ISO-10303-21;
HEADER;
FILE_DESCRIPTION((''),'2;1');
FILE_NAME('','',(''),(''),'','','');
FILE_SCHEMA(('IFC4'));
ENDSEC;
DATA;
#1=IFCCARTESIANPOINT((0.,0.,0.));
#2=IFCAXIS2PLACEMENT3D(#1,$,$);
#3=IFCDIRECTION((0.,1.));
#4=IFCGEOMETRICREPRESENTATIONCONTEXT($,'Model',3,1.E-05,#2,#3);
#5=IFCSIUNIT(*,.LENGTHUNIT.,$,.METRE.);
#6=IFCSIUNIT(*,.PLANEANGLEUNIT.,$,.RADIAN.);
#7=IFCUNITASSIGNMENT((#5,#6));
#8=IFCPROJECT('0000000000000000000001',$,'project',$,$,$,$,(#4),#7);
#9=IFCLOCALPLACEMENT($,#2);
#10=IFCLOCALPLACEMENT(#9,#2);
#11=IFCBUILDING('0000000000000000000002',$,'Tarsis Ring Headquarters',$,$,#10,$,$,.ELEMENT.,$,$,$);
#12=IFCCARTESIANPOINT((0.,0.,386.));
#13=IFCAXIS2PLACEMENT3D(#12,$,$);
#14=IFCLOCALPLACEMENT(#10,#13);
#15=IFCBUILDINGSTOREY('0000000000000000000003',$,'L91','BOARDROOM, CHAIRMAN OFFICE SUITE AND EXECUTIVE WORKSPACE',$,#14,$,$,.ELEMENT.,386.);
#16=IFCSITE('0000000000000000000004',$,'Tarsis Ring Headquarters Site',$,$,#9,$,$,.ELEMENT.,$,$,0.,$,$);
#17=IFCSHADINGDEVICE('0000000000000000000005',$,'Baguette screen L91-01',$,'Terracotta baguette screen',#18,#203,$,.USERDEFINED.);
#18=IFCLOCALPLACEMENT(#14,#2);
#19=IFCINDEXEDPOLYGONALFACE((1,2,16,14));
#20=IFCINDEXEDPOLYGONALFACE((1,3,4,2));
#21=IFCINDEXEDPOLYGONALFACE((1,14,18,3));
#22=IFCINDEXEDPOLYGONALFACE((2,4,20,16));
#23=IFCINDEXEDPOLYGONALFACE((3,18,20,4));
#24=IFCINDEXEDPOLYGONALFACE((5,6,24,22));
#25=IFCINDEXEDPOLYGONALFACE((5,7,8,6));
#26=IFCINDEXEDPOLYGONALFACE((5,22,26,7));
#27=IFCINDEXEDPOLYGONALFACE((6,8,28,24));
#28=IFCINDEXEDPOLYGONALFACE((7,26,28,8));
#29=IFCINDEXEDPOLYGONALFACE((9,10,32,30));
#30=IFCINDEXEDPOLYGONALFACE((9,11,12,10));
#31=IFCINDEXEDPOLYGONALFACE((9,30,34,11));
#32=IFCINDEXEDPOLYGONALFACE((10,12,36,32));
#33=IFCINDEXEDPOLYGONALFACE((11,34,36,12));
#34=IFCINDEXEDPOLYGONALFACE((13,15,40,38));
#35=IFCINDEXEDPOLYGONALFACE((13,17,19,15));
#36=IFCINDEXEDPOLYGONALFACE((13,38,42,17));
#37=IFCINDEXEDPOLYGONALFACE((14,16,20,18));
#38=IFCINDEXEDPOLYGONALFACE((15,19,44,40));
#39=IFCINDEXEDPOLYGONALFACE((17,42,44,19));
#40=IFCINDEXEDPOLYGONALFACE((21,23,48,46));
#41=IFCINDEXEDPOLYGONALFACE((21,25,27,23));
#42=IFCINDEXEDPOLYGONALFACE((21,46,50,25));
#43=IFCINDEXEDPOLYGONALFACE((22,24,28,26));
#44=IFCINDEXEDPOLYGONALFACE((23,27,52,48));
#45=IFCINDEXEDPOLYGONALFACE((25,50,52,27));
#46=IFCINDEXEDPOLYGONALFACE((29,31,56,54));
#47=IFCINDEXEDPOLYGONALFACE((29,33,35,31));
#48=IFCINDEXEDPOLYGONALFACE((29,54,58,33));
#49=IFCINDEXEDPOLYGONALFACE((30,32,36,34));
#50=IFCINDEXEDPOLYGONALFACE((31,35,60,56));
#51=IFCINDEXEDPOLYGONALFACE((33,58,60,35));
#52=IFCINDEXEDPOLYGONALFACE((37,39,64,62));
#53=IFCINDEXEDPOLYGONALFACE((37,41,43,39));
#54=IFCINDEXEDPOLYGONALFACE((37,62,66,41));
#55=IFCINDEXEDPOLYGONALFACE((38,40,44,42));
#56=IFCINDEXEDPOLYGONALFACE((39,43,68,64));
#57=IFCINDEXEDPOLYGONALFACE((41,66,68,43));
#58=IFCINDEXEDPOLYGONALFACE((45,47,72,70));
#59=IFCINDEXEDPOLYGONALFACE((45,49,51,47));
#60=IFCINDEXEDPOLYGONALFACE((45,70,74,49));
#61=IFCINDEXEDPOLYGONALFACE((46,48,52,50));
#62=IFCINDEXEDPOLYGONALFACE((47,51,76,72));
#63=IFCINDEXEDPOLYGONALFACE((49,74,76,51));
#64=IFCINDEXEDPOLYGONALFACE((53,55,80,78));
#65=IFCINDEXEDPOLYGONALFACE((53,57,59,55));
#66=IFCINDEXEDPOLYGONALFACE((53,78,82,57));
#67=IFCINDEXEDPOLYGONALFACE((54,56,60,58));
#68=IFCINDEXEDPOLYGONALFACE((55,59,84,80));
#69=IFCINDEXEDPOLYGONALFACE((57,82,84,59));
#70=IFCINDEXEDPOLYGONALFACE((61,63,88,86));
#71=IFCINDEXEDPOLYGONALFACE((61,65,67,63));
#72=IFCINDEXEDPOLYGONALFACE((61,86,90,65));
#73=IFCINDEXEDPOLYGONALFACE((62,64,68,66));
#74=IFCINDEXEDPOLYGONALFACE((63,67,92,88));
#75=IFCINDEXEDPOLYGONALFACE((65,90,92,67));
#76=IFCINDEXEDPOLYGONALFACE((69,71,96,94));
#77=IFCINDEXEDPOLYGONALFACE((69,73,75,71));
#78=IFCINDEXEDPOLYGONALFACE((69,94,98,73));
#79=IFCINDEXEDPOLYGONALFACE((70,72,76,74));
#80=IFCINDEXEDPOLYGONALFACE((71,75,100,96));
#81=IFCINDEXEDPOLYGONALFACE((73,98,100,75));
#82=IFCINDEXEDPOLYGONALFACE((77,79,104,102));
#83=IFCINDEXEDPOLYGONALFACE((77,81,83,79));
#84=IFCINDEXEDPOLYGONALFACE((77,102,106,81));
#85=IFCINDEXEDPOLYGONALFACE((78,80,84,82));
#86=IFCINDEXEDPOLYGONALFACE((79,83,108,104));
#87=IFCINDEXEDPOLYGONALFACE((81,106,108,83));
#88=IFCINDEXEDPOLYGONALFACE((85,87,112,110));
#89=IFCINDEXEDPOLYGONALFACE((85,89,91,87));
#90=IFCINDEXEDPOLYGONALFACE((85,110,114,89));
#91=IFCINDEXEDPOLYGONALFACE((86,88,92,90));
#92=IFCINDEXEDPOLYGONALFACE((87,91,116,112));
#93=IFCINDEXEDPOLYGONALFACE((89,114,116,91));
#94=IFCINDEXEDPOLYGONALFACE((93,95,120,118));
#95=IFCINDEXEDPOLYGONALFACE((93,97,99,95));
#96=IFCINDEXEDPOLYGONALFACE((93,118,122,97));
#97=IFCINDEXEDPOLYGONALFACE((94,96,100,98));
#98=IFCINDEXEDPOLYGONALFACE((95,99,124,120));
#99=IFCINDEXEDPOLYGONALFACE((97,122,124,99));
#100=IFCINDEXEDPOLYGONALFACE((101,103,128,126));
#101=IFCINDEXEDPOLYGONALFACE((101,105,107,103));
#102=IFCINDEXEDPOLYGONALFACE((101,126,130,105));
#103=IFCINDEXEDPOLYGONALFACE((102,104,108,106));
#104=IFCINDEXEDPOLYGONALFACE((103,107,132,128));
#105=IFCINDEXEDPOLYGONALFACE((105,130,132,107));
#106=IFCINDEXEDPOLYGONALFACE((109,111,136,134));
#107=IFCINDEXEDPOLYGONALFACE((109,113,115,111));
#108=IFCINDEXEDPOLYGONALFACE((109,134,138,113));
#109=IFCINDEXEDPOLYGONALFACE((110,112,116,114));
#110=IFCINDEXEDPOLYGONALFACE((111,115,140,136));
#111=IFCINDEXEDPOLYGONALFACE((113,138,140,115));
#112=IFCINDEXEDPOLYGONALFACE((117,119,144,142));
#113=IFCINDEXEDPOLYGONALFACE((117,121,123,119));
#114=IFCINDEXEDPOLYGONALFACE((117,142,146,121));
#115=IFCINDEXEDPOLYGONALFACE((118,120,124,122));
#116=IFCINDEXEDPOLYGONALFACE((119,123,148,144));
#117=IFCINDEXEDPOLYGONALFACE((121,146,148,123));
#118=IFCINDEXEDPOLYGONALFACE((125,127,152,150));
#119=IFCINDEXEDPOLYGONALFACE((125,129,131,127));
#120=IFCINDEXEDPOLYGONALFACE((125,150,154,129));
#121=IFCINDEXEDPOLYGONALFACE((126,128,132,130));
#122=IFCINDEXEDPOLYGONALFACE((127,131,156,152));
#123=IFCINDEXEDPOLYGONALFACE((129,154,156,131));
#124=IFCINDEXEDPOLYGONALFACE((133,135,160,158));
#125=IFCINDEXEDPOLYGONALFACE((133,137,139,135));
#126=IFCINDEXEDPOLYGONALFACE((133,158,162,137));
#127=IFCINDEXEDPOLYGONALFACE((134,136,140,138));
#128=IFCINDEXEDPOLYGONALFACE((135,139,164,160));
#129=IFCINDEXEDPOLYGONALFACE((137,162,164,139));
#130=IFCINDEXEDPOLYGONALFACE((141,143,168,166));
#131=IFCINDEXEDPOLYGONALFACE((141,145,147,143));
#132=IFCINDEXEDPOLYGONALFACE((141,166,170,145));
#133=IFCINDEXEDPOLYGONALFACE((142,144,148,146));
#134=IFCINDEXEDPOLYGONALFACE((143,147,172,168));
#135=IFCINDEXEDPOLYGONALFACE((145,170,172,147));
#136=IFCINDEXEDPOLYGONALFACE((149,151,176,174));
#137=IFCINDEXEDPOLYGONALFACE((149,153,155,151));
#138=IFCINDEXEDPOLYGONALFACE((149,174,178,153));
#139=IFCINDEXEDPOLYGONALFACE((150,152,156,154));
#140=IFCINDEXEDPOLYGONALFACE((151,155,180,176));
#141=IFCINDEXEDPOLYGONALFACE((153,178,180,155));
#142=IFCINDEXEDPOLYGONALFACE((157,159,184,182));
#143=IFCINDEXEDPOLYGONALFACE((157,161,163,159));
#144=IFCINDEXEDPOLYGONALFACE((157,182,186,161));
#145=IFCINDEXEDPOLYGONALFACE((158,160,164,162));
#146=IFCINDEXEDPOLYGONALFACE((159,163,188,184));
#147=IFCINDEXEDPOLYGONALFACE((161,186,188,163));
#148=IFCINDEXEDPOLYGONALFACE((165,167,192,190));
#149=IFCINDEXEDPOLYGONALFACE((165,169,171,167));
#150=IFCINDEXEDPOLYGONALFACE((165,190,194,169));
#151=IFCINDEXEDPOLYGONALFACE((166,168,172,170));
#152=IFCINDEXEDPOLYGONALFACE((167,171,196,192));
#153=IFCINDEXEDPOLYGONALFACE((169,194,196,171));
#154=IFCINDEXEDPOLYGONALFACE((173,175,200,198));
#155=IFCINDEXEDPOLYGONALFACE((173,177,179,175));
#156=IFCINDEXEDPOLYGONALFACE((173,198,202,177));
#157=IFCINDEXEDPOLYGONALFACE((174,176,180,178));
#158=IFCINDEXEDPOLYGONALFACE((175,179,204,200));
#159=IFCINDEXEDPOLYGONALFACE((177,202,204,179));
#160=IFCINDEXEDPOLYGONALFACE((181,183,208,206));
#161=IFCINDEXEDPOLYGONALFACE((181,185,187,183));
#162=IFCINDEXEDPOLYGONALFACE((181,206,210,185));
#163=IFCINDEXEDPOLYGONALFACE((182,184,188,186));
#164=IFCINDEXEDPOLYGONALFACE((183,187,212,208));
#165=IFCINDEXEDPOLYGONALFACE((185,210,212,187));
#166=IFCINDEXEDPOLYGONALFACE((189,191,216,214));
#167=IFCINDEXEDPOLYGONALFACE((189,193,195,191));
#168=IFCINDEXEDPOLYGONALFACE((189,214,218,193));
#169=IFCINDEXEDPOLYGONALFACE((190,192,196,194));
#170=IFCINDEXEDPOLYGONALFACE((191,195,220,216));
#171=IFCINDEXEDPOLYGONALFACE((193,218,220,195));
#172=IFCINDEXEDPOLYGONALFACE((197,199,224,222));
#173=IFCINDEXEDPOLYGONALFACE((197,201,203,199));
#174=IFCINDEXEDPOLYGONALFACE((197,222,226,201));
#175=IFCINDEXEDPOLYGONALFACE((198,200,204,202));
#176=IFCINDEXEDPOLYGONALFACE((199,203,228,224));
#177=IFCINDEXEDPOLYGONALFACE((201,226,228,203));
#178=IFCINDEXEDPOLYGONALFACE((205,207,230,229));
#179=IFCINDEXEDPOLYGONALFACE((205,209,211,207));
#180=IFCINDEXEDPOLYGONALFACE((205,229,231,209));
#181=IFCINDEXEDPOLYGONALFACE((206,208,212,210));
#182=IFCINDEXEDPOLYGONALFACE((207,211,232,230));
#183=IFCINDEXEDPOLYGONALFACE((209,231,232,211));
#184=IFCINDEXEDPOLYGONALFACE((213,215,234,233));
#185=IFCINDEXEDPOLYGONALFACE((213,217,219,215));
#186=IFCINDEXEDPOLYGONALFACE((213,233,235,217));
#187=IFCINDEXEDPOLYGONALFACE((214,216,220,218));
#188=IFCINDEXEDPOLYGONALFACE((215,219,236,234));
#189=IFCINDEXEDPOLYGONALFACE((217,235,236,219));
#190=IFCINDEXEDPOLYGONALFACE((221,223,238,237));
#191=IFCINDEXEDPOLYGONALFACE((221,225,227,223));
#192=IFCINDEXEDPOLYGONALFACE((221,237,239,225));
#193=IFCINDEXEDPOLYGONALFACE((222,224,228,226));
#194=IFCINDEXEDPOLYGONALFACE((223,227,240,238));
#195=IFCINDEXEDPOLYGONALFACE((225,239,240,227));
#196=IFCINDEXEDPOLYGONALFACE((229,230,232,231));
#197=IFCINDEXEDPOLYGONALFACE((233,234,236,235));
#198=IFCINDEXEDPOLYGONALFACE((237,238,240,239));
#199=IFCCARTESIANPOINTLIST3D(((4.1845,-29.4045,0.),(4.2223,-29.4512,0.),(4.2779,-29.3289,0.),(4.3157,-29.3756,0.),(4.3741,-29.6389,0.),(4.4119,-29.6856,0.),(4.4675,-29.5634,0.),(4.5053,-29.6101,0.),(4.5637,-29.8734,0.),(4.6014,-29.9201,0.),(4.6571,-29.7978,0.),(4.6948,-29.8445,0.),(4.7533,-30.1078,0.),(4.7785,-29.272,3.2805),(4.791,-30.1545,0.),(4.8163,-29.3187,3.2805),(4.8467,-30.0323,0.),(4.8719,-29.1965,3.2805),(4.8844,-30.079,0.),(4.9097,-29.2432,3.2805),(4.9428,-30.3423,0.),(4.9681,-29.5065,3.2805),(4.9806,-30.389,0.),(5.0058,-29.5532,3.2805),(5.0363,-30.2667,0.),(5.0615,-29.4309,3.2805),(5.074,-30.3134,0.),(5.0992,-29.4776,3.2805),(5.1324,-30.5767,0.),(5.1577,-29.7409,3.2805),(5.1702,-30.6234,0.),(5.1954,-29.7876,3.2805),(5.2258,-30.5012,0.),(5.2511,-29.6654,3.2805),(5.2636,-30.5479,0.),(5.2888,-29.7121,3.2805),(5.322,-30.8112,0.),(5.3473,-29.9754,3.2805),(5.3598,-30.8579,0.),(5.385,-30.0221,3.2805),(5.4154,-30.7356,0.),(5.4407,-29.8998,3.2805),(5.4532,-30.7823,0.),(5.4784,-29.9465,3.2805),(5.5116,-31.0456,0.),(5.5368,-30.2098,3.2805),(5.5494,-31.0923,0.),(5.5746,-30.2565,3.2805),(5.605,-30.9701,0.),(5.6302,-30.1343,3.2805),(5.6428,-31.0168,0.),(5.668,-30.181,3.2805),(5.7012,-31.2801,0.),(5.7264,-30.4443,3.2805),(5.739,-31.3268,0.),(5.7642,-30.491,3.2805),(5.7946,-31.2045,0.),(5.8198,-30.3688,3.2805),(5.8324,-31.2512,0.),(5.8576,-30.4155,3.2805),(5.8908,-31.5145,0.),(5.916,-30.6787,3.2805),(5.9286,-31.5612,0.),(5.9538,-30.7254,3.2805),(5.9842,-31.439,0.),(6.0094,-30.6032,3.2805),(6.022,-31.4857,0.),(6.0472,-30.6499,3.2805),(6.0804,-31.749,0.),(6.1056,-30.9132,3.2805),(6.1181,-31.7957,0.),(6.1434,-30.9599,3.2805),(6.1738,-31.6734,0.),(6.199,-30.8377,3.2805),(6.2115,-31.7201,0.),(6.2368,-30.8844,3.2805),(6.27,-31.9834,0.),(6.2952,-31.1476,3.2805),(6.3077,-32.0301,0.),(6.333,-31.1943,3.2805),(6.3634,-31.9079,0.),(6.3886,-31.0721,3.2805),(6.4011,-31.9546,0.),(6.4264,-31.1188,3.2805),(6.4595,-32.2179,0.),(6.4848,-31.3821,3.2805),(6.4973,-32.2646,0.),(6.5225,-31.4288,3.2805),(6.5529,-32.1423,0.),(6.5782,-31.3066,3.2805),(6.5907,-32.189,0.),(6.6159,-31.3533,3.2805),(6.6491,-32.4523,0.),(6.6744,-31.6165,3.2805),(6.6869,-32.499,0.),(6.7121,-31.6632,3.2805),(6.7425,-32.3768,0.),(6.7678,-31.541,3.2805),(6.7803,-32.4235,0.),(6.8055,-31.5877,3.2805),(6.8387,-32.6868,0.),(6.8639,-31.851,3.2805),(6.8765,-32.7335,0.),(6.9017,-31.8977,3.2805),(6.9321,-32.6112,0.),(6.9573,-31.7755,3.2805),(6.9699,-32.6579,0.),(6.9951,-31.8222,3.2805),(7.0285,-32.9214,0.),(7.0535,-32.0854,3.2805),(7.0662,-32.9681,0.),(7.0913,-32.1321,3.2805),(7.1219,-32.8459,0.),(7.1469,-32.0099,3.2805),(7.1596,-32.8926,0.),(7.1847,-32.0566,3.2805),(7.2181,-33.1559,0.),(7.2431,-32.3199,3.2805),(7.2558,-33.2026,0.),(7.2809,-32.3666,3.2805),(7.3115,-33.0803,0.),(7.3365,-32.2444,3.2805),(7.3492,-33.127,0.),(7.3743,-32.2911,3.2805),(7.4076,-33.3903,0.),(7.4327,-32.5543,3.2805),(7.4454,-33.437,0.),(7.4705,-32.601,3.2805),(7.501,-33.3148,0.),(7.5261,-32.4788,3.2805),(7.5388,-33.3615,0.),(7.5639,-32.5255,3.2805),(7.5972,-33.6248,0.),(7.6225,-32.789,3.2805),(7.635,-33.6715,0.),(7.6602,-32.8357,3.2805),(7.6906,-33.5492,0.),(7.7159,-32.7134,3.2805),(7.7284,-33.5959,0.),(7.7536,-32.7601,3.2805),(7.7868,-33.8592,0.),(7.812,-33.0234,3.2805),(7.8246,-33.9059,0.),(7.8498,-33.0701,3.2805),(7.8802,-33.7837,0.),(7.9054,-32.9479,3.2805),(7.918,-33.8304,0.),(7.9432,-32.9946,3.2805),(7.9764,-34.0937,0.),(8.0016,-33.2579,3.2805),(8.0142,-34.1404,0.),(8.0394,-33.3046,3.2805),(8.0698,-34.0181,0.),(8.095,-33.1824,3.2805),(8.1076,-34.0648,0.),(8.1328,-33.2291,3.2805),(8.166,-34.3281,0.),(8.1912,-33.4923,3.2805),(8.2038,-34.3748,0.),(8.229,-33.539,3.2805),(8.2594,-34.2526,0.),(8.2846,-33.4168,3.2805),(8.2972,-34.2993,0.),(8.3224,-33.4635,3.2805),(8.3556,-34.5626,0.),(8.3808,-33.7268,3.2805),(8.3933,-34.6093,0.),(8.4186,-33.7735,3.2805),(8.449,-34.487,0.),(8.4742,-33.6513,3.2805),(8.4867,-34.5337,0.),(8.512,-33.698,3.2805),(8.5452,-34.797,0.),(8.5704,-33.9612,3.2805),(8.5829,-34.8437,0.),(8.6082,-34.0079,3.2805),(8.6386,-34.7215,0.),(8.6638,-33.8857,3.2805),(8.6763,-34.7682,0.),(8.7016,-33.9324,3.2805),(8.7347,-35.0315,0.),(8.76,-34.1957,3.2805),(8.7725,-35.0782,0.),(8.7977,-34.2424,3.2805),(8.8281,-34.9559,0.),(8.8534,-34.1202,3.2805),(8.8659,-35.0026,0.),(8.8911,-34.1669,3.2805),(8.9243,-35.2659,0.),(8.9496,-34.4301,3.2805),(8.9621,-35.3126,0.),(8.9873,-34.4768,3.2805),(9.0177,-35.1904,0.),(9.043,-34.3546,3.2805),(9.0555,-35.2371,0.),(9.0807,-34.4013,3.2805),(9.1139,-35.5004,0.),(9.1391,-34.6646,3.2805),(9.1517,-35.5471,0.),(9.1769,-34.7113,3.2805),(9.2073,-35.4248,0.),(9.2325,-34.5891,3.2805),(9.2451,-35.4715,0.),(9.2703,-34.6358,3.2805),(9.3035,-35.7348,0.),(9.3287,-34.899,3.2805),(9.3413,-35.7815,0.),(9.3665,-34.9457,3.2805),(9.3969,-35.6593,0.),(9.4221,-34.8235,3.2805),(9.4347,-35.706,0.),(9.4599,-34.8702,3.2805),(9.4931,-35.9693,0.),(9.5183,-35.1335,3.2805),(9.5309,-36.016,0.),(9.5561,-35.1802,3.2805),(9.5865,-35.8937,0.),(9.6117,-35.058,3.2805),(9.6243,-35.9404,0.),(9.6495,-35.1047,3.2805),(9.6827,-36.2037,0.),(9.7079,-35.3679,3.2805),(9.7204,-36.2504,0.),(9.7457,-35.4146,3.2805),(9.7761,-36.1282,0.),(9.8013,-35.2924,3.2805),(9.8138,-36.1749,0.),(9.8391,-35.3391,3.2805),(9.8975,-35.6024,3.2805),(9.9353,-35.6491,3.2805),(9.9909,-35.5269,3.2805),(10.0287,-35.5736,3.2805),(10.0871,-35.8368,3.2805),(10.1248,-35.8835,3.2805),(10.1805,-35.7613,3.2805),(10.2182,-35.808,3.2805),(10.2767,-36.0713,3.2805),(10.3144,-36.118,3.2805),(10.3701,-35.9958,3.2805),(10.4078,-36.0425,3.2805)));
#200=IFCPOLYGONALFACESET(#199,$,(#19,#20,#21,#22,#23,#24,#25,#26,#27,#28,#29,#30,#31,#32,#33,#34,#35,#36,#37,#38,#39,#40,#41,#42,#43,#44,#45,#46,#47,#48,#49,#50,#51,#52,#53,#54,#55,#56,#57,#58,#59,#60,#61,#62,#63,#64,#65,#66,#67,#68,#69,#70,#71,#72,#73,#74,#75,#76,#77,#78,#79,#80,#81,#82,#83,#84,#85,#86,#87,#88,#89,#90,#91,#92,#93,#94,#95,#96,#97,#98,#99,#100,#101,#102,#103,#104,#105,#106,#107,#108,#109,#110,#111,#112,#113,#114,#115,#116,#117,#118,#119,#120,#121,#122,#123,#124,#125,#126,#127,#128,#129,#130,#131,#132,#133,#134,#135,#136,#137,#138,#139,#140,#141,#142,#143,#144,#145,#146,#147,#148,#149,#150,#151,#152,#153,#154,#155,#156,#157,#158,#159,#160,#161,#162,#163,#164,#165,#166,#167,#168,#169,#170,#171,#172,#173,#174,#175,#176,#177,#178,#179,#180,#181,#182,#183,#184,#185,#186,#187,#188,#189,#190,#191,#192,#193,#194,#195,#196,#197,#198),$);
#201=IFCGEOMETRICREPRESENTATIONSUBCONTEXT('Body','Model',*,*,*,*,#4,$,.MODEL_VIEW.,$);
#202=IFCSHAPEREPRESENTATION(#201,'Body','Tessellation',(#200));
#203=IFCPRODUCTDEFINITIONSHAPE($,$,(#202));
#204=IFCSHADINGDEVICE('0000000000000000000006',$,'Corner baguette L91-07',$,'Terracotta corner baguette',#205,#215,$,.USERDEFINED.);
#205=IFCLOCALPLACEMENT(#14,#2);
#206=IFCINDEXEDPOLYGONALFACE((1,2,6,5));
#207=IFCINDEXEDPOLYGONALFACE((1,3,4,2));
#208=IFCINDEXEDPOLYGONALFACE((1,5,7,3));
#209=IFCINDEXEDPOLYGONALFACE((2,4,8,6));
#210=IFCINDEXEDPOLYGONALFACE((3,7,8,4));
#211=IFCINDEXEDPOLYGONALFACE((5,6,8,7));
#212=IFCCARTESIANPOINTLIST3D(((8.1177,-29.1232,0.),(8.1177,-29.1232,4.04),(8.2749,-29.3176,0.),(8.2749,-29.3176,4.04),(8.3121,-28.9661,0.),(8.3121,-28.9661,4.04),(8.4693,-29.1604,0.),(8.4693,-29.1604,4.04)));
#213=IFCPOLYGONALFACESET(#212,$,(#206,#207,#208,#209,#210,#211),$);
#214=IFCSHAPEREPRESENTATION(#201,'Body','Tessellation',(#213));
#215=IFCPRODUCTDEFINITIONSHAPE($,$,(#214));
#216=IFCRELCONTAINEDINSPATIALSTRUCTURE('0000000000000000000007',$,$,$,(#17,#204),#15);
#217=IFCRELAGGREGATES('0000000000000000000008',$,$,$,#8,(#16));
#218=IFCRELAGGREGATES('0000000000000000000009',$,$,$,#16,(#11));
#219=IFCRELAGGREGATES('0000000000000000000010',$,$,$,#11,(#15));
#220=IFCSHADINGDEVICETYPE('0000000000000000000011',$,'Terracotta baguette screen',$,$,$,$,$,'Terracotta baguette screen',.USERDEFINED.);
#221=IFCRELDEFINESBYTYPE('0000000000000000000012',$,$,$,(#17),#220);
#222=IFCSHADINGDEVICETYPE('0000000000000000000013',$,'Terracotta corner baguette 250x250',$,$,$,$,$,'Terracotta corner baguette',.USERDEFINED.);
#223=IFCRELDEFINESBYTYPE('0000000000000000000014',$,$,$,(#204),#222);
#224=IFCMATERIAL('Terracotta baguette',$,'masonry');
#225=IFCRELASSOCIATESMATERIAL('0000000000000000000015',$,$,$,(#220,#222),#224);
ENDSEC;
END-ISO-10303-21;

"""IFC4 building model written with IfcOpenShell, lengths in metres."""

from ifc_helpers import new_model, si_unit, direction, frame, frame_2d, origin, origin_2d, place, context, subcontext, project, spatial, rectangle, composite_profile, extrude, material, type_object, element, save


model = new_model("IFC4")

# Units and contexts
model_context = context("Model", 3, precision=1e-05, world=origin(), true_north=direction((0.0, 1.0)))
body_context = subcontext(model_context, "Body", "Model", "MODEL_VIEW")
ifc_project = project(units=[si_unit("LENGTHUNIT", "METRE"), si_unit("PLANEANGLEUNIT", "RADIAN")], contexts=[model_context])

# Site, building, storey
site_placement = place(None, origin())
site = spatial("IfcSite", under=ifc_project, at=site_placement, Name="Tarsis Ring Headquarters Site", CompositionType="ELEMENT", RefElevation=0.0)
building_placement = place(site_placement, origin())
building = spatial("IfcBuilding", under=site, at=building_placement, Name="Tarsis Ring Headquarters", CompositionType="ELEMENT")
storey_placement = place(building_placement, frame((0.0, 0.0, 386.0)))
storey = spatial("IfcBuildingStorey", under=building, at=storey_placement, Name="L91", Description="BOARDROOM, CHAIRMAN OFFICE SUITE AND EXECUTIVE WORKSPACE", CompositionType="ELEMENT", Elevation=386.0)

# Shading devices
ifc_material_1 = material(Name="Terracotta baguette", Category="masonry")
shading_device_type_1 = type_object("IfcShadingDeviceType", Name="Terracotta baguette screen", ElementType="Terracotta baguette screen", PredefinedType="USERDEFINED", material=ifc_material_1)
shading_device_1_placement = place(storey_placement, frame((4.2312, -29.3667, 0.0), z_axis=(0.0, 0.0, 1.0), x_axis=(0.628789, -0.777584, 0.0)))
element("IfcShadingDevice", 1, at=shading_device_1_placement, inside=storey, type_object=shading_device_type_1, Name="Baguette screen L91-01", ObjectType="Terracotta baguette screen", PredefinedType="USERDEFINED", context=body_context, shape_type="SweptSolid", body=[
    extrude(composite_profile([rectangle(XDim=0.0601, YDim=0.1201, at=frame_2d((0.03, 0.0))), rectangle(XDim=0.0601, YDim=0.1201, at=frame_2d((0.3315, 0.0))), rectangle(XDim=0.0601, YDim=0.1201, at=frame_2d((0.6331, 0.0))), rectangle(XDim=0.0601, YDim=0.1201, at=frame_2d((0.9346, 0.0))), rectangle(XDim=0.0601, YDim=0.1201, at=frame_2d((1.2361, 0.0))), rectangle(XDim=0.0601, YDim=0.1201, at=frame_2d((1.5376, 0.0))), rectangle(XDim=0.0601, YDim=0.1201, at=frame_2d((1.8391, 0.0))), rectangle(XDim=0.0601, YDim=0.1201, at=frame_2d((2.1406, 0.0))), rectangle(XDim=0.0601, YDim=0.1201, at=frame_2d((2.4421, 0.0))), rectangle(XDim=0.0601, YDim=0.1201, at=frame_2d((2.7437, 0.0))), rectangle(XDim=0.0601, YDim=0.1201, at=frame_2d((3.0452, 0.0))), rectangle(XDim=0.0601, YDim=0.1201, at=frame_2d((3.3467, 0.0))), rectangle(XDim=0.0601, YDim=0.1201, at=frame_2d((3.6482, 0.0))), rectangle(XDim=0.0601, YDim=0.1201, at=frame_2d((3.9497, 0.0))), rectangle(XDim=0.0601, YDim=0.1201, at=frame_2d((4.2512, 0.0))), rectangle(XDim=0.0601, YDim=0.1201, at=frame_2d((4.553, 0.0))), rectangle(XDim=0.0601, YDim=0.1201, at=frame_2d((4.8545, 0.0))), rectangle(XDim=0.0601, YDim=0.1201, at=frame_2d((5.156, 0.0))), rectangle(XDim=0.0601, YDim=0.1201, at=frame_2d((5.4575, 0.0))), rectangle(XDim=0.0601, YDim=0.1201, at=frame_2d((5.759, 0.0))), rectangle(XDim=0.0601, YDim=0.1201, at=frame_2d((6.0605, 0.0))), rectangle(XDim=0.0601, YDim=0.1201, at=frame_2d((6.3621, 0.0))), rectangle(XDim=0.0601, YDim=0.1201, at=frame_2d((6.6636, 0.0))), rectangle(XDim=0.0601, YDim=0.1201, at=frame_2d((6.9651, 0.0))), rectangle(XDim=0.0601, YDim=0.1201, at=frame_2d((7.2666, 0.0))), rectangle(XDim=0.0601, YDim=0.1201, at=frame_2d((7.5681, 0.0))), rectangle(XDim=0.0601, YDim=0.1201, at=frame_2d((7.8696, 0.0))), rectangle(XDim=0.0601, YDim=0.1201, at=frame_2d((8.1711, 0.0))), rectangle(XDim=0.0601, YDim=0.1201, at=frame_2d((8.4727, 0.0))), rectangle(XDim=0.0601, YDim=0.1201, at=frame_2d((8.7742, 0.0)))]), origin(), (0.081078, 0.163393, 0.983224), 3.3364),
])
shading_device_type_2 = type_object("IfcShadingDeviceType", Name="Terracotta corner baguette 250x250", ElementType="Terracotta corner baguette", PredefinedType="USERDEFINED", material=ifc_material_1)
for number, where, z_axis, x_axis, name in (
    (2, (8.2935, -29.1418, 0.0), (0.0, 0.0, 1.0), (0.628778, -0.777585, 0.0), "Corner baguette L91-07"),
):
    element("IfcShadingDevice", number, at=place(storey_placement, frame(where, z_axis=z_axis, x_axis=x_axis)), inside=storey, type_object=shading_device_type_2, Name=name, ObjectType="Terracotta corner baguette", PredefinedType="USERDEFINED", context=body_context, shape_type="SweptSolid", body=[
        extrude(rectangle(XDim=0.25, YDim=0.25, at=origin_2d()), origin(), (0.0, 0.0, 1.0), 4.04),
    ])

save(model, "model.ifc")
